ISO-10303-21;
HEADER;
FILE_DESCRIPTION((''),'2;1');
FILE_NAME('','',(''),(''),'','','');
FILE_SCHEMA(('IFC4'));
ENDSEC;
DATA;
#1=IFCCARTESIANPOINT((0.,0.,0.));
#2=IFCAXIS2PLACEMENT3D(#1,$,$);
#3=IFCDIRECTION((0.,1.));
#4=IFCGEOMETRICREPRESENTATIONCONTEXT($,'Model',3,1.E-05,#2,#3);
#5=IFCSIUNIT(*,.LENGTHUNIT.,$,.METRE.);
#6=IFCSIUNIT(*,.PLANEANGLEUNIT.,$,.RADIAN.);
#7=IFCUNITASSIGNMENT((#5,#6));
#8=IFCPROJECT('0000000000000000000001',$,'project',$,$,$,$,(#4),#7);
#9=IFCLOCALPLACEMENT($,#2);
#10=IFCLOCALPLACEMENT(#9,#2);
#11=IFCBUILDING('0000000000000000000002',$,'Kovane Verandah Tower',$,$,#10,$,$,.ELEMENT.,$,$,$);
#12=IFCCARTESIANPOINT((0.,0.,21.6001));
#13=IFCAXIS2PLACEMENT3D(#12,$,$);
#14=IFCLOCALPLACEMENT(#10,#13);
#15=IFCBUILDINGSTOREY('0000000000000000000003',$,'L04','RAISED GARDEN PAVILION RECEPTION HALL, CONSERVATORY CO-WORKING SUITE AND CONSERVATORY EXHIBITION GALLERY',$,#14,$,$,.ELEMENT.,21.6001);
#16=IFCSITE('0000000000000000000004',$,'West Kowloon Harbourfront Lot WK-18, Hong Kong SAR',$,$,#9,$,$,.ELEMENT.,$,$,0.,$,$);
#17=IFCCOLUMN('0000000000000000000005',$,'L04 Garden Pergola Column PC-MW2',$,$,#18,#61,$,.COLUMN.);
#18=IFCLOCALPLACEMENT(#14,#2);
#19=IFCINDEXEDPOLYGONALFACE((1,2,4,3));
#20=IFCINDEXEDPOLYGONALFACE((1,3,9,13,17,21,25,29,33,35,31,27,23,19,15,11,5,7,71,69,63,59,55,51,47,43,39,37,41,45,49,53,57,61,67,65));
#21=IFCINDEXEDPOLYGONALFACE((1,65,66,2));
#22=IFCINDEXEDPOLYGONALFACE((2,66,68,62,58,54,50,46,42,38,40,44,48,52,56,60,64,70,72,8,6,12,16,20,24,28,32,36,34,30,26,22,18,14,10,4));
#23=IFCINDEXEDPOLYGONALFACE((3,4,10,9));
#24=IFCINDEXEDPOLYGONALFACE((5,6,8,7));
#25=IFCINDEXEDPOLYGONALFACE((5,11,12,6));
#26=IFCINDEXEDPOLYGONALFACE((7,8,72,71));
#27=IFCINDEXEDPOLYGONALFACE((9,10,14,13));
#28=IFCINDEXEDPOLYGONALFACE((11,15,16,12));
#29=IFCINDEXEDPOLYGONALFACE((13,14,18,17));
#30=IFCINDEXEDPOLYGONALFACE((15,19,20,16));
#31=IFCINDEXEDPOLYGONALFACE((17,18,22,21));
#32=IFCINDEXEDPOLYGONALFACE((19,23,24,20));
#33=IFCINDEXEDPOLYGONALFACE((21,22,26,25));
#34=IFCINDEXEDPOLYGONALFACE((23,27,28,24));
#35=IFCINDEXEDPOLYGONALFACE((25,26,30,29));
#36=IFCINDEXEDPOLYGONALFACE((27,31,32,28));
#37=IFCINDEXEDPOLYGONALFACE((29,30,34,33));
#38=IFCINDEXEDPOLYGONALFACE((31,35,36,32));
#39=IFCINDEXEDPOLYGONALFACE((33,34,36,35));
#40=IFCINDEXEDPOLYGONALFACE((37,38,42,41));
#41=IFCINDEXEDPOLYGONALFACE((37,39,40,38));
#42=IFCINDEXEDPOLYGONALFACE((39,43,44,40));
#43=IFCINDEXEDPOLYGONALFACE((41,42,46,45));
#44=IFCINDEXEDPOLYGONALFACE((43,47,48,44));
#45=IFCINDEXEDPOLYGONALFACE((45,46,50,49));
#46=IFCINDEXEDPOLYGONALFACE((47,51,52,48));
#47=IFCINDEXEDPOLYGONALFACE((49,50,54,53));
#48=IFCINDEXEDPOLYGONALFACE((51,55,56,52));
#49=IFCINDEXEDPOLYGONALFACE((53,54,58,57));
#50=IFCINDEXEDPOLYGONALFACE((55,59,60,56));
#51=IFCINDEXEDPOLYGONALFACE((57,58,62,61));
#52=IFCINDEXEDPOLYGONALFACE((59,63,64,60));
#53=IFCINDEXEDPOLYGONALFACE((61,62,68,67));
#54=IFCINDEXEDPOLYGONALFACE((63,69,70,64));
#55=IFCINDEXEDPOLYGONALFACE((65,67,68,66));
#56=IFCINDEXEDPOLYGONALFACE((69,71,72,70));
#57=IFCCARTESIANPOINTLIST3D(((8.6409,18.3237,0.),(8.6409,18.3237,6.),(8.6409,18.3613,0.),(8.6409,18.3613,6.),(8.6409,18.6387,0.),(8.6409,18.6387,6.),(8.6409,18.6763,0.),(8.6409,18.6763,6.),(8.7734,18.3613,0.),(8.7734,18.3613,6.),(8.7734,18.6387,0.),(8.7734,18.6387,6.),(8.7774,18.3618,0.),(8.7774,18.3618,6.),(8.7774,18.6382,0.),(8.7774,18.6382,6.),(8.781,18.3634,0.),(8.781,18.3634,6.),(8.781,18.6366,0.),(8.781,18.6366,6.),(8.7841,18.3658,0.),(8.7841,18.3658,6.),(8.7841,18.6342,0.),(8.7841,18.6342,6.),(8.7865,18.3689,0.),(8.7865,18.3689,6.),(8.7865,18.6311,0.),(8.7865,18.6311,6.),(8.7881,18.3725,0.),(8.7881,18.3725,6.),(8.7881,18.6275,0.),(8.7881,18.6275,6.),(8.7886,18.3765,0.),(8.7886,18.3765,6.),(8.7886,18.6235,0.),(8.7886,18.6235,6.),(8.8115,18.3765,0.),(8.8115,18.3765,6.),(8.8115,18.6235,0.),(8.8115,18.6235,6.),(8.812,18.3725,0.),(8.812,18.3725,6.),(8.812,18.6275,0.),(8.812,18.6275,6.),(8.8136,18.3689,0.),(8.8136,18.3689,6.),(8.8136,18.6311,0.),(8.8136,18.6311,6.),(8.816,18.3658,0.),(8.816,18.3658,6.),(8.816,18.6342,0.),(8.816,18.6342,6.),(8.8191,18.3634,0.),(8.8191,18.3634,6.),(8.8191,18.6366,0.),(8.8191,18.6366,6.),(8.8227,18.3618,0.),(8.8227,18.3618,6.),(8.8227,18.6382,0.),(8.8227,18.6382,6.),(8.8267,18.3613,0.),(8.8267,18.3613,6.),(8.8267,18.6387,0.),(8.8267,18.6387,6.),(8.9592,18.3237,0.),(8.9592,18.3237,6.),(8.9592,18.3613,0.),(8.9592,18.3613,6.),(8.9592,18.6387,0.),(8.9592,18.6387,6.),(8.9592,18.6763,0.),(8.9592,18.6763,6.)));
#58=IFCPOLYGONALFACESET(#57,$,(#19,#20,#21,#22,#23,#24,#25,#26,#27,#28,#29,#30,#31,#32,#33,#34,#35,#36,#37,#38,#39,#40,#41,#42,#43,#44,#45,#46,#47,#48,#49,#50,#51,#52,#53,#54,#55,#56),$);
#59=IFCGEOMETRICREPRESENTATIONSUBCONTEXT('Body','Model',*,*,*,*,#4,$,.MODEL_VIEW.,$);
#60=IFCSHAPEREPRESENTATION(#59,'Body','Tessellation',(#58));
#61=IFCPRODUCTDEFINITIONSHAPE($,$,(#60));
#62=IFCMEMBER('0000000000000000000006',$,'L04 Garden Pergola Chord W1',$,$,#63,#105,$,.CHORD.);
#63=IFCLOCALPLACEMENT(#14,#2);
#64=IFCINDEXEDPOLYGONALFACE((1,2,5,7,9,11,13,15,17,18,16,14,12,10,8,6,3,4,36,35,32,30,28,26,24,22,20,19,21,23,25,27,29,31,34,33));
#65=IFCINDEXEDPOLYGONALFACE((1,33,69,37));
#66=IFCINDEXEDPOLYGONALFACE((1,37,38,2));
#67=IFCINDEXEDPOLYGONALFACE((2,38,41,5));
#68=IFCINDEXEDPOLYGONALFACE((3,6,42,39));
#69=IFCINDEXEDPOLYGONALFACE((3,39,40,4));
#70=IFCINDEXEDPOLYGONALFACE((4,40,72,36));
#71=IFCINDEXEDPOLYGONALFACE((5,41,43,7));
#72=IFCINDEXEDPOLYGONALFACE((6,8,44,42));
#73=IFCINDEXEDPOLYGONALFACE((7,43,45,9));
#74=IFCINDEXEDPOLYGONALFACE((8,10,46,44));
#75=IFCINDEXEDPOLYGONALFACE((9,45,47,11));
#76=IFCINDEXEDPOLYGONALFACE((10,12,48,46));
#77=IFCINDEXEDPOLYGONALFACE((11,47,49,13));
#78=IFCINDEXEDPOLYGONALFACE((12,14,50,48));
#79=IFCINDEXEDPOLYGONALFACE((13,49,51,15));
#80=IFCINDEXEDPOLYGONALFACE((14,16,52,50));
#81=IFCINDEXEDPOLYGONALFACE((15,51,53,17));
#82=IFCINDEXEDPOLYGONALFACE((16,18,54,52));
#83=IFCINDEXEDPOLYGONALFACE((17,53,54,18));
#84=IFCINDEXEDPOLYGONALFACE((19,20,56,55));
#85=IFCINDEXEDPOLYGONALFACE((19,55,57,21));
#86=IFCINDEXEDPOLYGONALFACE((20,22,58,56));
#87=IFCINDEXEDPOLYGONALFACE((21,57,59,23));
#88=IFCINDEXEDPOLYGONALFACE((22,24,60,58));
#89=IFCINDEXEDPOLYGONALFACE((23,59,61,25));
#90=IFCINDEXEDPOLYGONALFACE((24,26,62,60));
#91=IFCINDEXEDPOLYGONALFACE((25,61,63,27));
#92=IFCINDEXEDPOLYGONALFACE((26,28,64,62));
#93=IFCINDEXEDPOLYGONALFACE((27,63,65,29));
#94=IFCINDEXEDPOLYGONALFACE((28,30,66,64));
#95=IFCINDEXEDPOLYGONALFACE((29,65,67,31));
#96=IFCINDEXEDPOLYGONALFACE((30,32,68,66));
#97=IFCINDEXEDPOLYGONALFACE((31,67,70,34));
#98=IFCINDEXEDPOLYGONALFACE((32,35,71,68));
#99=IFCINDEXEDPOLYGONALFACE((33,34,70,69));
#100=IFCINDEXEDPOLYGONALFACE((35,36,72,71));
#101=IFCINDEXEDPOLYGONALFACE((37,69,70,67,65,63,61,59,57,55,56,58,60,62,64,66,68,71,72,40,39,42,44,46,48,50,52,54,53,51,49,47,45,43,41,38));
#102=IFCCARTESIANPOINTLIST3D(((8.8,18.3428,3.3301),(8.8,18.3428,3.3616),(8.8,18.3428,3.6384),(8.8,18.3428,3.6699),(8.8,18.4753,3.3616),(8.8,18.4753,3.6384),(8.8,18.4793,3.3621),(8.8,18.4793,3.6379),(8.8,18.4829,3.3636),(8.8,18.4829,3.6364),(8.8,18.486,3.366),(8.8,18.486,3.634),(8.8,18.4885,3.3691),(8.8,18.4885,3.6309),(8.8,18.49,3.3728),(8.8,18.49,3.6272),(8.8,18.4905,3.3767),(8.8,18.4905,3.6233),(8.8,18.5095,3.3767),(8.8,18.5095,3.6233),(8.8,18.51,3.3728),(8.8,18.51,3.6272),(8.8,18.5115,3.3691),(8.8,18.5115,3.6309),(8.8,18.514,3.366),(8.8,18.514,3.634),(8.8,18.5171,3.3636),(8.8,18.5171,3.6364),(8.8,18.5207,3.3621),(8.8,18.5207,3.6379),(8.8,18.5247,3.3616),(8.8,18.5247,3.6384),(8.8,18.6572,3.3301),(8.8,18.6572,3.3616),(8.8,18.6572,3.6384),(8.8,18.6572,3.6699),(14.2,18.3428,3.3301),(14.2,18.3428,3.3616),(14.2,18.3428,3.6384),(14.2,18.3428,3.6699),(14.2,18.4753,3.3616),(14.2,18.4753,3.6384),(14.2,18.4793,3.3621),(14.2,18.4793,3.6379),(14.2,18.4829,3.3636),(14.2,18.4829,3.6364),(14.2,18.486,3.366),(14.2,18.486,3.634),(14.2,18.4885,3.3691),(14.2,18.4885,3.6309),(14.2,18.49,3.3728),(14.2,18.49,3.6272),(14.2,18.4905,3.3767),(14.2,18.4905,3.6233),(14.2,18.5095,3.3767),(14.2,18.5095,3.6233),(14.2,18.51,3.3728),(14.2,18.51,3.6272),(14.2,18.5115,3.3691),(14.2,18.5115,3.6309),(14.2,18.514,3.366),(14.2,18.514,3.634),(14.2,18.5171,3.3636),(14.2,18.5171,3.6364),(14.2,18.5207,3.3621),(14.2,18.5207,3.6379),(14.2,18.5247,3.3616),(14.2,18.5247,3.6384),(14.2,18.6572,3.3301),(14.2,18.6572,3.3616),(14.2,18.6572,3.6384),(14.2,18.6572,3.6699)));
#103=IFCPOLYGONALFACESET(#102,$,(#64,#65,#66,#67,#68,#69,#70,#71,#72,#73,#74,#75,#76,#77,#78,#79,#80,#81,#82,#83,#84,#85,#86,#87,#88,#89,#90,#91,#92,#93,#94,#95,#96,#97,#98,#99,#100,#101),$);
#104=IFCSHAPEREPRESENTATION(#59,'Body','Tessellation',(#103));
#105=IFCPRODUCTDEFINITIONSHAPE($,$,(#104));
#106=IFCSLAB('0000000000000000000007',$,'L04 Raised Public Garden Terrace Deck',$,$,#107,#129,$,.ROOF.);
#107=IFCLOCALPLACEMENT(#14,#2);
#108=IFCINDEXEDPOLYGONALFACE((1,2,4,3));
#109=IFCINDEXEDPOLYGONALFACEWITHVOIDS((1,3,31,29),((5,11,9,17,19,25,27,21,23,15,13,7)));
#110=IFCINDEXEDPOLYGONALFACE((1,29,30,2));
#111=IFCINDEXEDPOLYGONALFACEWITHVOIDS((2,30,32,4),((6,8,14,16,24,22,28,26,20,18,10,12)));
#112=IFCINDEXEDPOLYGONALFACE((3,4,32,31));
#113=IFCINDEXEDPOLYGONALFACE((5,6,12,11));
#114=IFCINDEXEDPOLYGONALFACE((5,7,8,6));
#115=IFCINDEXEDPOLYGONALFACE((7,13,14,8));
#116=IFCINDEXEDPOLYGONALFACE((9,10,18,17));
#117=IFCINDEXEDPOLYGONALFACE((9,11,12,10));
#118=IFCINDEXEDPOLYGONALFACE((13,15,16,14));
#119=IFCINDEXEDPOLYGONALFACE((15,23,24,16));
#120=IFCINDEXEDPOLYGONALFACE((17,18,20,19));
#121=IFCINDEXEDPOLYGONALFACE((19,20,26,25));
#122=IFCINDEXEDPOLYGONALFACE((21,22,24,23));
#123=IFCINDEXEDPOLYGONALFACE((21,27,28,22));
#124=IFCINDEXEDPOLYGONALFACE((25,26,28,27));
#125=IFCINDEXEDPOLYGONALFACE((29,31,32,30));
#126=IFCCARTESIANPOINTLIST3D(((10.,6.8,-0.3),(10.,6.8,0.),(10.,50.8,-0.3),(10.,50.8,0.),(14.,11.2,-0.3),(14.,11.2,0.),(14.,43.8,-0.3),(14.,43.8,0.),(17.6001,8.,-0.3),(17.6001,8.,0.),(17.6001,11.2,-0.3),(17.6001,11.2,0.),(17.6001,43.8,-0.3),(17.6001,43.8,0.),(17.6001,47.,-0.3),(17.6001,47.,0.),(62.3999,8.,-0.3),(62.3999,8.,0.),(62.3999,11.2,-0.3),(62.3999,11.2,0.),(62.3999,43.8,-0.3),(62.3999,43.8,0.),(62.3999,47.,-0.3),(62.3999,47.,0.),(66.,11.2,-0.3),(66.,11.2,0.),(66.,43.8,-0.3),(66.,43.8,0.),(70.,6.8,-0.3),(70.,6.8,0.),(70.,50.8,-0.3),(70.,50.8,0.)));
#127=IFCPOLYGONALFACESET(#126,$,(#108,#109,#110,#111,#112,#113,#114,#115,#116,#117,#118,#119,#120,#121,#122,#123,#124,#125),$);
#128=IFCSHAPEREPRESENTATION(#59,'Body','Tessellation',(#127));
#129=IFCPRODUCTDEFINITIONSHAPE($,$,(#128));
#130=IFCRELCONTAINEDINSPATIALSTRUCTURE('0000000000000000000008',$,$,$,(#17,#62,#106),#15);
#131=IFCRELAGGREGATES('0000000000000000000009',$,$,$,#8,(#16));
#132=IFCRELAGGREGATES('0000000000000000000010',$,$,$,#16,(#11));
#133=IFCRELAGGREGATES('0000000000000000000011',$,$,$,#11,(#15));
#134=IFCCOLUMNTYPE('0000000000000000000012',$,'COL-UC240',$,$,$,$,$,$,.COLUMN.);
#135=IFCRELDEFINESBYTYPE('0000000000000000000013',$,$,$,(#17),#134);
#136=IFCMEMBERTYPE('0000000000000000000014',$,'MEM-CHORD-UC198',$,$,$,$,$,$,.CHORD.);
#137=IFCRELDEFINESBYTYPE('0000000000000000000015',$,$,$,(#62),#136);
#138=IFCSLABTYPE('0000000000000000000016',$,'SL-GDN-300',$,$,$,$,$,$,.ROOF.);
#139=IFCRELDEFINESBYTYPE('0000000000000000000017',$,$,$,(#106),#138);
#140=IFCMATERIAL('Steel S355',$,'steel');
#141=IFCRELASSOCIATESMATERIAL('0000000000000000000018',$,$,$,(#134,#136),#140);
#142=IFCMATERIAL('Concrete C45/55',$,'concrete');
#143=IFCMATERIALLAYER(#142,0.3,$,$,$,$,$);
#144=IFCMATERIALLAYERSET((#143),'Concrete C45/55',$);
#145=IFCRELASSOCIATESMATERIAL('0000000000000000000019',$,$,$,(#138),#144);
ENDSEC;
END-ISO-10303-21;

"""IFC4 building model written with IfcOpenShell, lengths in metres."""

from ifc_helpers import new_model, si_unit, direction, frame, origin, origin_2d, place, context, subcontext, project, spatial, polyline, i_section, outline, extrude, material, layer, layer_set, material_profile, profile_set, type_object, element, save


model = new_model("IFC4")

# Units and contexts
model_context = context("Model", 3, precision=1e-05, world=origin(), true_north=direction((0.0, 1.0)))
body_context = subcontext(model_context, "Body", "Model", "MODEL_VIEW")
ifc_project = project(units=[si_unit("LENGTHUNIT", "METRE"), si_unit("PLANEANGLEUNIT", "RADIAN")], contexts=[model_context])

# Site, building, storey
site_placement = place(None, origin())
site = spatial("IfcSite", under=ifc_project, at=site_placement, Name="West Kowloon Harbourfront Lot WK-18, Hong Kong SAR", CompositionType="ELEMENT", RefElevation=0.0)
building_placement = place(site_placement, origin())
building = spatial("IfcBuilding", under=site, at=building_placement, Name="Kovane Verandah Tower", CompositionType="ELEMENT")
storey_placement = place(building_placement, frame((0.0, 0.0, 21.6001)))
storey = spatial("IfcBuildingStorey", under=building, at=storey_placement, Name="L04", Description="RAISED GARDEN PAVILION RECEPTION HALL, CONSERVATORY CO-WORKING SUITE AND CONSERVATORY EXHIBITION GALLERY", CompositionType="ELEMENT", Elevation=21.6001)

# Column
ifc_material_1 = material(Name="Steel S355", Category="steel")
ifc_material_profile_1 = material_profile(ifc_material_1, i_section(OverallWidth=0.3184, OverallDepth=0.3525, WebThickness=0.0229, FlangeThickness=0.0376, FilletRadius=0.0151, at=origin_2d()), Name="UC305x305x240")
ifc_profile_set_1 = profile_set([ifc_material_profile_1], Name="Steel S355")
column_type = type_object("IfcColumnType", Name="COL-UC240", PredefinedType="COLUMN", material=ifc_profile_set_1)
column_placement = place(storey_placement, frame((8.8, 18.5, 0.0), z_axis=(0.0, 0.0, 1.0), x_axis=(1.0, 0.0, 0.0)))
element("IfcColumn", 1, at=column_placement, inside=storey, type_object=column_type, Name="L04 Garden Pergola Column PC-MW2", PredefinedType="COLUMN", context=body_context, shape_type="SweptSolid", body=[
    extrude(i_section(OverallWidth=0.3184, OverallDepth=0.3525, WebThickness=0.0229, FlangeThickness=0.0376, FilletRadius=0.0151, at=origin_2d()), origin(), (0.0, 0.0, 1.0), 6.0),
])

# Member
ifc_material_profile_2 = material_profile(ifc_material_1, i_section(OverallWidth=0.3145, OverallDepth=0.3398, WebThickness=0.019, FlangeThickness=0.0315, FilletRadius=0.0151, at=origin_2d()), Name="UC305x305x198")
ifc_profile_set_2 = profile_set([ifc_material_profile_2], Name="Steel S355")
member_type = type_object("IfcMemberType", Name="MEM-CHORD-UC198", PredefinedType="CHORD", material=ifc_profile_set_2)
member_placement = place(storey_placement, frame((8.8, 18.5, 3.5), z_axis=(1.0, 0.0, 0.0), x_axis=(0.0, 1.0, 0.0)))
element("IfcMember", 2, at=member_placement, inside=storey, type_object=member_type, Name="L04 Garden Pergola Chord W1", PredefinedType="CHORD", context=body_context, shape_type="SweptSolid", body=[
    extrude(i_section(OverallWidth=0.3145, OverallDepth=0.3398, WebThickness=0.019, FlangeThickness=0.0315, FilletRadius=0.0151, at=origin_2d()), origin(), (0.0, 0.0, 1.0), 5.3999),
])

# Slab
ifc_material_2 = material(Name="Concrete C45/55", Category="concrete")
ifc_layer_1 = layer(ifc_material_2, 0.3)
ifc_layer_set_1 = layer_set([ifc_layer_1], Name="Concrete C45/55")
slab_type_1 = type_object("IfcSlabType", Name="SL-GDN-300", PredefinedType="ROOF", material=ifc_layer_set_1)
slab_1_placement = place(storey_placement, frame((0.0, 0.0, -0.3)))
element("IfcSlab", 3, at=slab_1_placement, inside=storey, type_object=slab_type_1, Name="L04 Raised Public Garden Terrace Deck", PredefinedType="ROOF", context=body_context, shape_type="SweptSolid", body=[
    extrude(outline(polyline([(10.0, 6.8), (70.0, 6.8), (70.0, 50.8), (10.0, 50.8), (10.0, 6.8)]), holes=[polyline([(17.6001, 11.2), (14.0, 11.2), (14.0, 43.8), (17.6001, 43.8), (17.6001, 47.0), (62.3999, 47.0), (62.3999, 43.8), (66.0, 43.8), (66.0, 11.2), (62.3999, 11.2), (62.3999, 8.0), (17.6001, 8.0), (17.6001, 11.2)])]), origin(), (0.0, 0.0, 1.0), 0.3),
])

save(model, "model.ifc")
